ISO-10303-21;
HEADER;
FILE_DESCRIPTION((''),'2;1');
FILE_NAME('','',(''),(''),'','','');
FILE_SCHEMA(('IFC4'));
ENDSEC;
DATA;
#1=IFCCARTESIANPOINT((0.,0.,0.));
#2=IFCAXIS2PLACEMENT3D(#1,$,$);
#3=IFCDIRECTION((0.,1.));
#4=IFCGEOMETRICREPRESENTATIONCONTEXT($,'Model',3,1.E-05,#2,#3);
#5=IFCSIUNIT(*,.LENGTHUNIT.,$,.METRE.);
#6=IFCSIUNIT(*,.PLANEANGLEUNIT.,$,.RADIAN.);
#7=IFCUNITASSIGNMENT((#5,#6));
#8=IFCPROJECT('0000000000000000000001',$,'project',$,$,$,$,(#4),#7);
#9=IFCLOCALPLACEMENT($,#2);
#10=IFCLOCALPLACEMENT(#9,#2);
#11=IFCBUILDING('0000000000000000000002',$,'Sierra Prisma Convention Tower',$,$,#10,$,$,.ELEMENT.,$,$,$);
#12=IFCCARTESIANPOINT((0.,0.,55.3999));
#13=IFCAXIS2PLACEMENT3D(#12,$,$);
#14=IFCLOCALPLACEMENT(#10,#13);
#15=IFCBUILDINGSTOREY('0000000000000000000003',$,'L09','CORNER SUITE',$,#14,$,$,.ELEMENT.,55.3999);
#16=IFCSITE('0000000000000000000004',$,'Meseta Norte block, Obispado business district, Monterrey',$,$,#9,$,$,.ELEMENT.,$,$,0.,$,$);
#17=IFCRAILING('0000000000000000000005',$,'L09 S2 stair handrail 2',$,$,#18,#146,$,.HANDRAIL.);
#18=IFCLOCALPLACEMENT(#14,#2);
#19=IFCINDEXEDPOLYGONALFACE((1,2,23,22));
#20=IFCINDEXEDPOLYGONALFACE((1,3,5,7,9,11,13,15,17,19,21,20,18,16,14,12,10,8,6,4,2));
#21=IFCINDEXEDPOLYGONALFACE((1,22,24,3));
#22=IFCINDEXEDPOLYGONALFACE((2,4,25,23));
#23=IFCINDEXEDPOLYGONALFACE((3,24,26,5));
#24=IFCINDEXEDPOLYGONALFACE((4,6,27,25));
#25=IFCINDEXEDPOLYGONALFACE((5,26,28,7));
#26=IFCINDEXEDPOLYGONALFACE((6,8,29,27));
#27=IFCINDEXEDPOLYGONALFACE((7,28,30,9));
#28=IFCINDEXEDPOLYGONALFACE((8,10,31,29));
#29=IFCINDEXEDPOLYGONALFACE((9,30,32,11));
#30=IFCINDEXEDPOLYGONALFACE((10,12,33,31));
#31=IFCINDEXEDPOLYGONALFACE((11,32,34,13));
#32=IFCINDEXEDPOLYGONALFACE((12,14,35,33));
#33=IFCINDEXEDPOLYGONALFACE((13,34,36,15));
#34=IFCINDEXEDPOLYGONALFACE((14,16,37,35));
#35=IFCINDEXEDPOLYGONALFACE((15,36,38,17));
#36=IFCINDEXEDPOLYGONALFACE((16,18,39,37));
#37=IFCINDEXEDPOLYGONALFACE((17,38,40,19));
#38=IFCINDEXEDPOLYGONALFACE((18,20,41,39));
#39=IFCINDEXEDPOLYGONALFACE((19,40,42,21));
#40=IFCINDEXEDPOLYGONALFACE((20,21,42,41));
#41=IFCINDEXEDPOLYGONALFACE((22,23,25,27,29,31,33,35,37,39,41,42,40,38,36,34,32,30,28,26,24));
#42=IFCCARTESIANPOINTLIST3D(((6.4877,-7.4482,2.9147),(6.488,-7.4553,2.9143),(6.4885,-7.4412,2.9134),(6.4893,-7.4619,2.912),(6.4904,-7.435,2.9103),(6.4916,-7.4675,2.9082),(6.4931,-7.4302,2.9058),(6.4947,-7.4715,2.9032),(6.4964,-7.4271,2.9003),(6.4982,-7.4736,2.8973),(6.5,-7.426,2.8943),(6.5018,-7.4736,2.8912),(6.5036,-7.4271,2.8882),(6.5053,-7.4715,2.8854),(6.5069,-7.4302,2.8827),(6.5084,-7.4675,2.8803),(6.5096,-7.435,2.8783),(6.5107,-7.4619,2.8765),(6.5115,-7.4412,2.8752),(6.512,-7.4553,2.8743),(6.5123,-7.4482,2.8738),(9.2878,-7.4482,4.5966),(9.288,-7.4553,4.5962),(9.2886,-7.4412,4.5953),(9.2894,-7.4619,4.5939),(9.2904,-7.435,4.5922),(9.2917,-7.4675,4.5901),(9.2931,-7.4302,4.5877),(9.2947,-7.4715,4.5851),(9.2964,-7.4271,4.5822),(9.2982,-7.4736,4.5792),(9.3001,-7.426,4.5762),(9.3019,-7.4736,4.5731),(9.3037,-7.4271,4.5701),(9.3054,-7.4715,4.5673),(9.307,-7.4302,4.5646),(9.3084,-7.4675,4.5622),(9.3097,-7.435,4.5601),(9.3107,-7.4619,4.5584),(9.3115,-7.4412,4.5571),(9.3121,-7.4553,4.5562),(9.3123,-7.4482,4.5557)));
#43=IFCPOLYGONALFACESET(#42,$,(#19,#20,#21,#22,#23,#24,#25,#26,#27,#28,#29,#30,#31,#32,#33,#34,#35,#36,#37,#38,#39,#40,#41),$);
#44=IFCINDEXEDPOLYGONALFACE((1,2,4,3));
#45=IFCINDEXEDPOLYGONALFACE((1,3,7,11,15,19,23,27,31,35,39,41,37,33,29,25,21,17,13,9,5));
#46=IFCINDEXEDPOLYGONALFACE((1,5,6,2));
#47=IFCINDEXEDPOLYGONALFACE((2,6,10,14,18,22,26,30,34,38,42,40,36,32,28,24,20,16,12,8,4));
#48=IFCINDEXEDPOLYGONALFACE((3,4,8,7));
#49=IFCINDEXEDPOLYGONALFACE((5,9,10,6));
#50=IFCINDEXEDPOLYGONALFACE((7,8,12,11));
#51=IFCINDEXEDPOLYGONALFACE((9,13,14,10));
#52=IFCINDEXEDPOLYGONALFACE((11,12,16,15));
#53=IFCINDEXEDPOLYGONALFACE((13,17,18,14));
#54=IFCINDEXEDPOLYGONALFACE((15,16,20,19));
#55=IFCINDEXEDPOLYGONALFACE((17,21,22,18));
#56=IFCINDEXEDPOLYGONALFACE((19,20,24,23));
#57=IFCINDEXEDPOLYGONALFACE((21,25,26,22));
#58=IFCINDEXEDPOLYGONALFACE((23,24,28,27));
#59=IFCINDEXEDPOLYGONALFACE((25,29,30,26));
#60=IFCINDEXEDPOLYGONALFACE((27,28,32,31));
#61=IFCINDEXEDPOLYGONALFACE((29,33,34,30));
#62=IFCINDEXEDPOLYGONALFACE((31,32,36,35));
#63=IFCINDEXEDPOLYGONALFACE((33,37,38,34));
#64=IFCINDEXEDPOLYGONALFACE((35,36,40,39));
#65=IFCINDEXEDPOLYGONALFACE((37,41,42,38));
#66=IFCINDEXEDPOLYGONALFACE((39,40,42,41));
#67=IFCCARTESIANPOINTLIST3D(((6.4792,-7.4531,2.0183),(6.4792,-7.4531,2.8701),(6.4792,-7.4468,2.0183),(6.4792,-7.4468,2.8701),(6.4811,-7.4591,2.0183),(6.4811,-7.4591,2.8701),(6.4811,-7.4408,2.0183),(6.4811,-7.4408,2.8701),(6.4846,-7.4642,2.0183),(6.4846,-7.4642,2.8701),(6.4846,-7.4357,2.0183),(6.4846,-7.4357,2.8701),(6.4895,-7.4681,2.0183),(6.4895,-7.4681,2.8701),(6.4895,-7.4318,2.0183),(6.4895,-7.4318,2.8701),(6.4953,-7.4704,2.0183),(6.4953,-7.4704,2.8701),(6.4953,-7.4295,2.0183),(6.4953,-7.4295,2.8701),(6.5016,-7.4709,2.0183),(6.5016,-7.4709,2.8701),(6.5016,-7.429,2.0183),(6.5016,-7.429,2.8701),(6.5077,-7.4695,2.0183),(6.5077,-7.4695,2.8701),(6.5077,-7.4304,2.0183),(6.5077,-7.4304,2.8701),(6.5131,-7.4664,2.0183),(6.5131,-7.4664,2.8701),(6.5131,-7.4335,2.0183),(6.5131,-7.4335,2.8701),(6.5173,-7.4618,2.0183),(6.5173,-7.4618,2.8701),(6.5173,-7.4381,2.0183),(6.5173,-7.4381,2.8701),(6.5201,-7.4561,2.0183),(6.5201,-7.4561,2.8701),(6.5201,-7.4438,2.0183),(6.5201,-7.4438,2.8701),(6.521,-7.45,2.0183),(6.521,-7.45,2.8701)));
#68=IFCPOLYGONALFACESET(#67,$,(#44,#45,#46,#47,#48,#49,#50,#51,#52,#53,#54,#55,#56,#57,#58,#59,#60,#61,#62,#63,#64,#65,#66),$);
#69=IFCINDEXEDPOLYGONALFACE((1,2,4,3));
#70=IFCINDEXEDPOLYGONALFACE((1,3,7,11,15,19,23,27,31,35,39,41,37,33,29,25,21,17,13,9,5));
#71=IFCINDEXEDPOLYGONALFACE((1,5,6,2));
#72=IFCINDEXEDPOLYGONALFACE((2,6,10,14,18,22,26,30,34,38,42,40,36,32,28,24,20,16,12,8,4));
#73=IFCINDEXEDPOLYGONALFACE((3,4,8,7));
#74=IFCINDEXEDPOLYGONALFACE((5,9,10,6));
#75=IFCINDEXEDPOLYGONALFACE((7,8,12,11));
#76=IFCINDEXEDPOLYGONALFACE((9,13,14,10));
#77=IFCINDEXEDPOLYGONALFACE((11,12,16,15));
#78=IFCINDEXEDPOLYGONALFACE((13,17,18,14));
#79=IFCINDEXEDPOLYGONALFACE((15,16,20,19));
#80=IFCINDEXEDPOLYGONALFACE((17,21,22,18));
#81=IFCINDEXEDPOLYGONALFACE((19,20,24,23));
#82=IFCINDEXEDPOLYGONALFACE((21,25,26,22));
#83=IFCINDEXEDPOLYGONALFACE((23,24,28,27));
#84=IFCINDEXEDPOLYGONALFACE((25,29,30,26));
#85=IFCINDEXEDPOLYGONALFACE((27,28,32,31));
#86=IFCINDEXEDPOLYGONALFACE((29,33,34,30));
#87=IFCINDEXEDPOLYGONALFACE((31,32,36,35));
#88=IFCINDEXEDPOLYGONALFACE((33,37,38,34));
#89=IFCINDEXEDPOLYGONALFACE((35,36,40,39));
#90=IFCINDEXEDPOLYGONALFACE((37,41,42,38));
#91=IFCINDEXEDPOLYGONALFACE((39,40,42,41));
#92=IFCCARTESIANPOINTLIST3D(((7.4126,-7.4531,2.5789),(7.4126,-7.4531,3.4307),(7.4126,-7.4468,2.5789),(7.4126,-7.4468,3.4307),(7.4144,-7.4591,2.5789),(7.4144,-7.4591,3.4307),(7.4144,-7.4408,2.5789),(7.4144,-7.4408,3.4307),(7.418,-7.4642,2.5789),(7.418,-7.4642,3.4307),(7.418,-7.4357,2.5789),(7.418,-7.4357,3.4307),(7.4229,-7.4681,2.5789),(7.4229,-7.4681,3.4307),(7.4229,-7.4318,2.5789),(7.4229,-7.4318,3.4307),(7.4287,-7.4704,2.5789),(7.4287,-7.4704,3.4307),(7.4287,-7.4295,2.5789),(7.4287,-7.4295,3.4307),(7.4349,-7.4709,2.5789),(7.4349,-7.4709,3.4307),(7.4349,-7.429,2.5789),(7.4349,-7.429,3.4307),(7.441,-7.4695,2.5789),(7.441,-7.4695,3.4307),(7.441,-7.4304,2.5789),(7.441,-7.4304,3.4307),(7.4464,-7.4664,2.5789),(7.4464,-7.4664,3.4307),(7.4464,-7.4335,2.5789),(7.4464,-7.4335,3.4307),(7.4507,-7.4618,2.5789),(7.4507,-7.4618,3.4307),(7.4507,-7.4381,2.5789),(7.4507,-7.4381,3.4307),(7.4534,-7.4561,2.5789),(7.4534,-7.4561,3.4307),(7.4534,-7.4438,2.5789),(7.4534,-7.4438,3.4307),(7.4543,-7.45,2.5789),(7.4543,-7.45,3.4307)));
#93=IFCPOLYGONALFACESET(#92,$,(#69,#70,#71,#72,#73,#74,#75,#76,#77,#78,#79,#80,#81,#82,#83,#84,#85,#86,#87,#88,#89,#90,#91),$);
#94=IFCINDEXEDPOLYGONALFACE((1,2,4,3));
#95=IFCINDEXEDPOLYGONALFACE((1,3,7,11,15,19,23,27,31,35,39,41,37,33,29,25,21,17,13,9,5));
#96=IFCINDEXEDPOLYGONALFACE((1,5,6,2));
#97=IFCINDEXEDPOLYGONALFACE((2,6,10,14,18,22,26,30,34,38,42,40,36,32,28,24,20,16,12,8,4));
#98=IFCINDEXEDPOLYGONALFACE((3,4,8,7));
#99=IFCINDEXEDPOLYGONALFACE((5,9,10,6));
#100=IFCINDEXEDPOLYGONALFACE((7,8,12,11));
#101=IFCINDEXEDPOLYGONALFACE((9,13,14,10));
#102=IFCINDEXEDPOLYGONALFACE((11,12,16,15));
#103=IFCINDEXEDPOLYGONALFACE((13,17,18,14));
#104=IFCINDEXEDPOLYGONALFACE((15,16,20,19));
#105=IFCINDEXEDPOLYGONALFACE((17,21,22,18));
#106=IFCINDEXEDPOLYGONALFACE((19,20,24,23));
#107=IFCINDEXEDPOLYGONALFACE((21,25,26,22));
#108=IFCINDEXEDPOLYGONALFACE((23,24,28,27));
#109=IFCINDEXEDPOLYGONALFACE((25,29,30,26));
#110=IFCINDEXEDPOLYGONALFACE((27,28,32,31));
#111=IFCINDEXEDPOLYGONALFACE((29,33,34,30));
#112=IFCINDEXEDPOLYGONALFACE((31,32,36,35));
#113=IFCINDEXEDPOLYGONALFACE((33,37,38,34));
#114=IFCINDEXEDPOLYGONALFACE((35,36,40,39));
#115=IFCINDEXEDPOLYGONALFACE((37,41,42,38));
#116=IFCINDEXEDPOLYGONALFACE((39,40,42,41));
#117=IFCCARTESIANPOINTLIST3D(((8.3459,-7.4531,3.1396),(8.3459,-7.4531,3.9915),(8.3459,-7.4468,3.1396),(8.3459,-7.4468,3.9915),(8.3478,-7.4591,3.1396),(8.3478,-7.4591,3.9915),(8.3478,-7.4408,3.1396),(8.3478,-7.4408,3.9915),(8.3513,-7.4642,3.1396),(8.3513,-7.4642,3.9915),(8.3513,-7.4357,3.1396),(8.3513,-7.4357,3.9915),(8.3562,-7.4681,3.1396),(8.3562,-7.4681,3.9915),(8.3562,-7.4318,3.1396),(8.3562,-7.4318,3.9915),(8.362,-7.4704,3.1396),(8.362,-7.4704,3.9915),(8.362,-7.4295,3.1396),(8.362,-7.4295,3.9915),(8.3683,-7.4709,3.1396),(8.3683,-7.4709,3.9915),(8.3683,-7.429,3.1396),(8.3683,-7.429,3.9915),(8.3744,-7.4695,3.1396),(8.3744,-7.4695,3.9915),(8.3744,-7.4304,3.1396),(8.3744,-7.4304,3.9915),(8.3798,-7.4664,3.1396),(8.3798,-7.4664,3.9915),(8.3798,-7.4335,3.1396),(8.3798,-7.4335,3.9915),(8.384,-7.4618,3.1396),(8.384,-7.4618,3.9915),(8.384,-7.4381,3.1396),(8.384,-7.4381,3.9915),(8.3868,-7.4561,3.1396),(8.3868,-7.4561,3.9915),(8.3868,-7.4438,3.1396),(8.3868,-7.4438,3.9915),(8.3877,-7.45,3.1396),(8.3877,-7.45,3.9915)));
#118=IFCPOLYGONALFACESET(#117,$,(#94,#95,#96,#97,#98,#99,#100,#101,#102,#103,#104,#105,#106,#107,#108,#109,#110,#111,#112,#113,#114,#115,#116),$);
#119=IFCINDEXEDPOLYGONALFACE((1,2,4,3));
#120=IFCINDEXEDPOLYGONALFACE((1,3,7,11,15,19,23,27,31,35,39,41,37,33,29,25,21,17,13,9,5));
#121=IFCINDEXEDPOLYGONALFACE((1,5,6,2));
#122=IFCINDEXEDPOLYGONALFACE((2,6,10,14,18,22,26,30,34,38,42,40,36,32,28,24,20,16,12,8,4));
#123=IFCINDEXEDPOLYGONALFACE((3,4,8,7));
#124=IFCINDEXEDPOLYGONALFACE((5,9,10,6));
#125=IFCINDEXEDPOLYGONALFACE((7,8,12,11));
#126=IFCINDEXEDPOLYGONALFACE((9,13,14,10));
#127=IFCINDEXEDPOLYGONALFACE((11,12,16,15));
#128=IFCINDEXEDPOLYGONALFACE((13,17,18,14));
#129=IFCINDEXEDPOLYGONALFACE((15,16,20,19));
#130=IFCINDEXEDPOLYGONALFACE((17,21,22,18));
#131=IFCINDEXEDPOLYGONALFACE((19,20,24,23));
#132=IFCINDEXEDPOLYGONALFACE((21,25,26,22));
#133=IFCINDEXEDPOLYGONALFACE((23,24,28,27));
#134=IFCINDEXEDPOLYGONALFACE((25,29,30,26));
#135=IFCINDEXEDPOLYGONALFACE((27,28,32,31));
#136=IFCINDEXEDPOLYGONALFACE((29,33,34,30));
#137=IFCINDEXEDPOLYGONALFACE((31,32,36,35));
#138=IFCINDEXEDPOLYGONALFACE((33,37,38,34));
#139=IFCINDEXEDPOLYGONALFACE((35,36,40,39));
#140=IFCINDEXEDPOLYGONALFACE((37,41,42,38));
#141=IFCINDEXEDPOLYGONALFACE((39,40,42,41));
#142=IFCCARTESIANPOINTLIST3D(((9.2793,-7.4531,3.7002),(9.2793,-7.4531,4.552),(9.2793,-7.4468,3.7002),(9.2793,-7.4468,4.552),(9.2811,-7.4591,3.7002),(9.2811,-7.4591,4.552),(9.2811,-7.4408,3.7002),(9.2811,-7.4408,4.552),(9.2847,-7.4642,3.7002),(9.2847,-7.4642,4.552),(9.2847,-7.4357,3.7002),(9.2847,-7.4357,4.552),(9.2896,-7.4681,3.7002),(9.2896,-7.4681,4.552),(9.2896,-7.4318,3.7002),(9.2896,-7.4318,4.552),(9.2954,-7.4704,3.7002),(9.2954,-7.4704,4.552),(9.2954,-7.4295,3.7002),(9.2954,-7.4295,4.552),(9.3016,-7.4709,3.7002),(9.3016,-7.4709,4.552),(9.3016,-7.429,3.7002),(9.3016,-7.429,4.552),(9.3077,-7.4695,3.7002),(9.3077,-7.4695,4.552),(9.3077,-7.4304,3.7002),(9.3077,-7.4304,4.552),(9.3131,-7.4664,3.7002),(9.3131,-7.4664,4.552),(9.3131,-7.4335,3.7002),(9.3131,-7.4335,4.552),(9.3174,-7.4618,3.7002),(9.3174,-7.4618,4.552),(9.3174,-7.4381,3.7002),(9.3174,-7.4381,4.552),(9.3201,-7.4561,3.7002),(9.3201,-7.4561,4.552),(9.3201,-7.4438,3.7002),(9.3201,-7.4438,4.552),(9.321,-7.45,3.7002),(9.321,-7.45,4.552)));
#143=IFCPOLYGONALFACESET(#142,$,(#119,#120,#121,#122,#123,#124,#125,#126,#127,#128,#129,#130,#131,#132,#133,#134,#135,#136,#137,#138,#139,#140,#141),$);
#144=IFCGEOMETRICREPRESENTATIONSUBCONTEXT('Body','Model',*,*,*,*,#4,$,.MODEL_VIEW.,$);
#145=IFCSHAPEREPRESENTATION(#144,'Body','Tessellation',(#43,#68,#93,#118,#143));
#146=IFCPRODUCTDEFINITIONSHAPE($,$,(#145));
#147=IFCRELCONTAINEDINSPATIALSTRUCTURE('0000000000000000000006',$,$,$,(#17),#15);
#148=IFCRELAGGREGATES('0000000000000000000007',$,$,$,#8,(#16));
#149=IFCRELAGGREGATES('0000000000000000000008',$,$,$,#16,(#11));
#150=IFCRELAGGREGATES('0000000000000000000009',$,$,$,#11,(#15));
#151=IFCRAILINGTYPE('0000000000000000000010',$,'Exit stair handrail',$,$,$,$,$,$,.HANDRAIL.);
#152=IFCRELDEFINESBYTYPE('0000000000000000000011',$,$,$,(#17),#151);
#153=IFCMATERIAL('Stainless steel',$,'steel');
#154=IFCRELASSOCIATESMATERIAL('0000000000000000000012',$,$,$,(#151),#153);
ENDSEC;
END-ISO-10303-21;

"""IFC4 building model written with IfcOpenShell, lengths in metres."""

from ifc_helpers import new_model, si_unit, direction, frame, origin, origin_2d, place, context, subcontext, project, spatial, circle, extrude, material, type_object, element, save


model = new_model("IFC4")

# Units and contexts
model_context = context("Model", 3, precision=1e-05, world=origin(), true_north=direction((0.0, 1.0)))
body_context = subcontext(model_context, "Body", "Model", "MODEL_VIEW")
ifc_project = project(units=[si_unit("LENGTHUNIT", "METRE"), si_unit("PLANEANGLEUNIT", "RADIAN")], contexts=[model_context])

# Site, building, storey
site_placement = place(None, origin())
site = spatial("IfcSite", under=ifc_project, at=site_placement, Name="Meseta Norte block, Obispado business district, Monterrey", CompositionType="ELEMENT", RefElevation=0.0)
building_placement = place(site_placement, origin())
building = spatial("IfcBuilding", under=site, at=building_placement, Name="Sierra Prisma Convention Tower", CompositionType="ELEMENT")
storey_placement = place(building_placement, frame((0.0, 0.0, 55.3999)))
storey = spatial("IfcBuildingStorey", under=building, at=storey_placement, Name="L09", Description="CORNER SUITE", CompositionType="ELEMENT", Elevation=55.3999)

# Railing
ifc_material_1 = material(Name="Stainless steel", Category="steel")
railing_type_1 = type_object("IfcRailingType", Name="Exit stair handrail", PredefinedType="HANDRAIL", material=ifc_material_1)
railing_1_placement = place(storey_placement, frame((6.5, -7.45, 2.0183)))
element("IfcRailing", 1, at=railing_1_placement, inside=storey, type_object=railing_type_1, Name="L09 S2 stair handrail 2", PredefinedType="HANDRAIL", context=body_context, shape_type="SweptSolid", body=[
    extrude(circle(Radius=0.0239, at=origin_2d()), frame((0.0, 0.0, 0.876), z_axis=(0.857242, 0.0, 0.514913), x_axis=(0.0, 1.0, 0.0)), (0.0, 0.0, 1.0), 3.2664),
    extrude(circle(Radius=0.021, at=origin_2d()), origin(), (0.0, 0.0, 1.0), 0.8518),
    extrude(circle(Radius=0.021, at=origin_2d()), frame((0.9333, 0.0, 0.5605)), (0.0, 0.0, 1.0), 0.8518),
    extrude(circle(Radius=0.021, at=origin_2d()), frame((1.8667, 0.0, 1.1213)), (0.0, 0.0, 1.0), 0.8518),
    extrude(circle(Radius=0.021, at=origin_2d()), frame((2.8, 0.0, 1.6819)), (0.0, 0.0, 1.0), 0.8518),
])

save(model, "model.ifc")
